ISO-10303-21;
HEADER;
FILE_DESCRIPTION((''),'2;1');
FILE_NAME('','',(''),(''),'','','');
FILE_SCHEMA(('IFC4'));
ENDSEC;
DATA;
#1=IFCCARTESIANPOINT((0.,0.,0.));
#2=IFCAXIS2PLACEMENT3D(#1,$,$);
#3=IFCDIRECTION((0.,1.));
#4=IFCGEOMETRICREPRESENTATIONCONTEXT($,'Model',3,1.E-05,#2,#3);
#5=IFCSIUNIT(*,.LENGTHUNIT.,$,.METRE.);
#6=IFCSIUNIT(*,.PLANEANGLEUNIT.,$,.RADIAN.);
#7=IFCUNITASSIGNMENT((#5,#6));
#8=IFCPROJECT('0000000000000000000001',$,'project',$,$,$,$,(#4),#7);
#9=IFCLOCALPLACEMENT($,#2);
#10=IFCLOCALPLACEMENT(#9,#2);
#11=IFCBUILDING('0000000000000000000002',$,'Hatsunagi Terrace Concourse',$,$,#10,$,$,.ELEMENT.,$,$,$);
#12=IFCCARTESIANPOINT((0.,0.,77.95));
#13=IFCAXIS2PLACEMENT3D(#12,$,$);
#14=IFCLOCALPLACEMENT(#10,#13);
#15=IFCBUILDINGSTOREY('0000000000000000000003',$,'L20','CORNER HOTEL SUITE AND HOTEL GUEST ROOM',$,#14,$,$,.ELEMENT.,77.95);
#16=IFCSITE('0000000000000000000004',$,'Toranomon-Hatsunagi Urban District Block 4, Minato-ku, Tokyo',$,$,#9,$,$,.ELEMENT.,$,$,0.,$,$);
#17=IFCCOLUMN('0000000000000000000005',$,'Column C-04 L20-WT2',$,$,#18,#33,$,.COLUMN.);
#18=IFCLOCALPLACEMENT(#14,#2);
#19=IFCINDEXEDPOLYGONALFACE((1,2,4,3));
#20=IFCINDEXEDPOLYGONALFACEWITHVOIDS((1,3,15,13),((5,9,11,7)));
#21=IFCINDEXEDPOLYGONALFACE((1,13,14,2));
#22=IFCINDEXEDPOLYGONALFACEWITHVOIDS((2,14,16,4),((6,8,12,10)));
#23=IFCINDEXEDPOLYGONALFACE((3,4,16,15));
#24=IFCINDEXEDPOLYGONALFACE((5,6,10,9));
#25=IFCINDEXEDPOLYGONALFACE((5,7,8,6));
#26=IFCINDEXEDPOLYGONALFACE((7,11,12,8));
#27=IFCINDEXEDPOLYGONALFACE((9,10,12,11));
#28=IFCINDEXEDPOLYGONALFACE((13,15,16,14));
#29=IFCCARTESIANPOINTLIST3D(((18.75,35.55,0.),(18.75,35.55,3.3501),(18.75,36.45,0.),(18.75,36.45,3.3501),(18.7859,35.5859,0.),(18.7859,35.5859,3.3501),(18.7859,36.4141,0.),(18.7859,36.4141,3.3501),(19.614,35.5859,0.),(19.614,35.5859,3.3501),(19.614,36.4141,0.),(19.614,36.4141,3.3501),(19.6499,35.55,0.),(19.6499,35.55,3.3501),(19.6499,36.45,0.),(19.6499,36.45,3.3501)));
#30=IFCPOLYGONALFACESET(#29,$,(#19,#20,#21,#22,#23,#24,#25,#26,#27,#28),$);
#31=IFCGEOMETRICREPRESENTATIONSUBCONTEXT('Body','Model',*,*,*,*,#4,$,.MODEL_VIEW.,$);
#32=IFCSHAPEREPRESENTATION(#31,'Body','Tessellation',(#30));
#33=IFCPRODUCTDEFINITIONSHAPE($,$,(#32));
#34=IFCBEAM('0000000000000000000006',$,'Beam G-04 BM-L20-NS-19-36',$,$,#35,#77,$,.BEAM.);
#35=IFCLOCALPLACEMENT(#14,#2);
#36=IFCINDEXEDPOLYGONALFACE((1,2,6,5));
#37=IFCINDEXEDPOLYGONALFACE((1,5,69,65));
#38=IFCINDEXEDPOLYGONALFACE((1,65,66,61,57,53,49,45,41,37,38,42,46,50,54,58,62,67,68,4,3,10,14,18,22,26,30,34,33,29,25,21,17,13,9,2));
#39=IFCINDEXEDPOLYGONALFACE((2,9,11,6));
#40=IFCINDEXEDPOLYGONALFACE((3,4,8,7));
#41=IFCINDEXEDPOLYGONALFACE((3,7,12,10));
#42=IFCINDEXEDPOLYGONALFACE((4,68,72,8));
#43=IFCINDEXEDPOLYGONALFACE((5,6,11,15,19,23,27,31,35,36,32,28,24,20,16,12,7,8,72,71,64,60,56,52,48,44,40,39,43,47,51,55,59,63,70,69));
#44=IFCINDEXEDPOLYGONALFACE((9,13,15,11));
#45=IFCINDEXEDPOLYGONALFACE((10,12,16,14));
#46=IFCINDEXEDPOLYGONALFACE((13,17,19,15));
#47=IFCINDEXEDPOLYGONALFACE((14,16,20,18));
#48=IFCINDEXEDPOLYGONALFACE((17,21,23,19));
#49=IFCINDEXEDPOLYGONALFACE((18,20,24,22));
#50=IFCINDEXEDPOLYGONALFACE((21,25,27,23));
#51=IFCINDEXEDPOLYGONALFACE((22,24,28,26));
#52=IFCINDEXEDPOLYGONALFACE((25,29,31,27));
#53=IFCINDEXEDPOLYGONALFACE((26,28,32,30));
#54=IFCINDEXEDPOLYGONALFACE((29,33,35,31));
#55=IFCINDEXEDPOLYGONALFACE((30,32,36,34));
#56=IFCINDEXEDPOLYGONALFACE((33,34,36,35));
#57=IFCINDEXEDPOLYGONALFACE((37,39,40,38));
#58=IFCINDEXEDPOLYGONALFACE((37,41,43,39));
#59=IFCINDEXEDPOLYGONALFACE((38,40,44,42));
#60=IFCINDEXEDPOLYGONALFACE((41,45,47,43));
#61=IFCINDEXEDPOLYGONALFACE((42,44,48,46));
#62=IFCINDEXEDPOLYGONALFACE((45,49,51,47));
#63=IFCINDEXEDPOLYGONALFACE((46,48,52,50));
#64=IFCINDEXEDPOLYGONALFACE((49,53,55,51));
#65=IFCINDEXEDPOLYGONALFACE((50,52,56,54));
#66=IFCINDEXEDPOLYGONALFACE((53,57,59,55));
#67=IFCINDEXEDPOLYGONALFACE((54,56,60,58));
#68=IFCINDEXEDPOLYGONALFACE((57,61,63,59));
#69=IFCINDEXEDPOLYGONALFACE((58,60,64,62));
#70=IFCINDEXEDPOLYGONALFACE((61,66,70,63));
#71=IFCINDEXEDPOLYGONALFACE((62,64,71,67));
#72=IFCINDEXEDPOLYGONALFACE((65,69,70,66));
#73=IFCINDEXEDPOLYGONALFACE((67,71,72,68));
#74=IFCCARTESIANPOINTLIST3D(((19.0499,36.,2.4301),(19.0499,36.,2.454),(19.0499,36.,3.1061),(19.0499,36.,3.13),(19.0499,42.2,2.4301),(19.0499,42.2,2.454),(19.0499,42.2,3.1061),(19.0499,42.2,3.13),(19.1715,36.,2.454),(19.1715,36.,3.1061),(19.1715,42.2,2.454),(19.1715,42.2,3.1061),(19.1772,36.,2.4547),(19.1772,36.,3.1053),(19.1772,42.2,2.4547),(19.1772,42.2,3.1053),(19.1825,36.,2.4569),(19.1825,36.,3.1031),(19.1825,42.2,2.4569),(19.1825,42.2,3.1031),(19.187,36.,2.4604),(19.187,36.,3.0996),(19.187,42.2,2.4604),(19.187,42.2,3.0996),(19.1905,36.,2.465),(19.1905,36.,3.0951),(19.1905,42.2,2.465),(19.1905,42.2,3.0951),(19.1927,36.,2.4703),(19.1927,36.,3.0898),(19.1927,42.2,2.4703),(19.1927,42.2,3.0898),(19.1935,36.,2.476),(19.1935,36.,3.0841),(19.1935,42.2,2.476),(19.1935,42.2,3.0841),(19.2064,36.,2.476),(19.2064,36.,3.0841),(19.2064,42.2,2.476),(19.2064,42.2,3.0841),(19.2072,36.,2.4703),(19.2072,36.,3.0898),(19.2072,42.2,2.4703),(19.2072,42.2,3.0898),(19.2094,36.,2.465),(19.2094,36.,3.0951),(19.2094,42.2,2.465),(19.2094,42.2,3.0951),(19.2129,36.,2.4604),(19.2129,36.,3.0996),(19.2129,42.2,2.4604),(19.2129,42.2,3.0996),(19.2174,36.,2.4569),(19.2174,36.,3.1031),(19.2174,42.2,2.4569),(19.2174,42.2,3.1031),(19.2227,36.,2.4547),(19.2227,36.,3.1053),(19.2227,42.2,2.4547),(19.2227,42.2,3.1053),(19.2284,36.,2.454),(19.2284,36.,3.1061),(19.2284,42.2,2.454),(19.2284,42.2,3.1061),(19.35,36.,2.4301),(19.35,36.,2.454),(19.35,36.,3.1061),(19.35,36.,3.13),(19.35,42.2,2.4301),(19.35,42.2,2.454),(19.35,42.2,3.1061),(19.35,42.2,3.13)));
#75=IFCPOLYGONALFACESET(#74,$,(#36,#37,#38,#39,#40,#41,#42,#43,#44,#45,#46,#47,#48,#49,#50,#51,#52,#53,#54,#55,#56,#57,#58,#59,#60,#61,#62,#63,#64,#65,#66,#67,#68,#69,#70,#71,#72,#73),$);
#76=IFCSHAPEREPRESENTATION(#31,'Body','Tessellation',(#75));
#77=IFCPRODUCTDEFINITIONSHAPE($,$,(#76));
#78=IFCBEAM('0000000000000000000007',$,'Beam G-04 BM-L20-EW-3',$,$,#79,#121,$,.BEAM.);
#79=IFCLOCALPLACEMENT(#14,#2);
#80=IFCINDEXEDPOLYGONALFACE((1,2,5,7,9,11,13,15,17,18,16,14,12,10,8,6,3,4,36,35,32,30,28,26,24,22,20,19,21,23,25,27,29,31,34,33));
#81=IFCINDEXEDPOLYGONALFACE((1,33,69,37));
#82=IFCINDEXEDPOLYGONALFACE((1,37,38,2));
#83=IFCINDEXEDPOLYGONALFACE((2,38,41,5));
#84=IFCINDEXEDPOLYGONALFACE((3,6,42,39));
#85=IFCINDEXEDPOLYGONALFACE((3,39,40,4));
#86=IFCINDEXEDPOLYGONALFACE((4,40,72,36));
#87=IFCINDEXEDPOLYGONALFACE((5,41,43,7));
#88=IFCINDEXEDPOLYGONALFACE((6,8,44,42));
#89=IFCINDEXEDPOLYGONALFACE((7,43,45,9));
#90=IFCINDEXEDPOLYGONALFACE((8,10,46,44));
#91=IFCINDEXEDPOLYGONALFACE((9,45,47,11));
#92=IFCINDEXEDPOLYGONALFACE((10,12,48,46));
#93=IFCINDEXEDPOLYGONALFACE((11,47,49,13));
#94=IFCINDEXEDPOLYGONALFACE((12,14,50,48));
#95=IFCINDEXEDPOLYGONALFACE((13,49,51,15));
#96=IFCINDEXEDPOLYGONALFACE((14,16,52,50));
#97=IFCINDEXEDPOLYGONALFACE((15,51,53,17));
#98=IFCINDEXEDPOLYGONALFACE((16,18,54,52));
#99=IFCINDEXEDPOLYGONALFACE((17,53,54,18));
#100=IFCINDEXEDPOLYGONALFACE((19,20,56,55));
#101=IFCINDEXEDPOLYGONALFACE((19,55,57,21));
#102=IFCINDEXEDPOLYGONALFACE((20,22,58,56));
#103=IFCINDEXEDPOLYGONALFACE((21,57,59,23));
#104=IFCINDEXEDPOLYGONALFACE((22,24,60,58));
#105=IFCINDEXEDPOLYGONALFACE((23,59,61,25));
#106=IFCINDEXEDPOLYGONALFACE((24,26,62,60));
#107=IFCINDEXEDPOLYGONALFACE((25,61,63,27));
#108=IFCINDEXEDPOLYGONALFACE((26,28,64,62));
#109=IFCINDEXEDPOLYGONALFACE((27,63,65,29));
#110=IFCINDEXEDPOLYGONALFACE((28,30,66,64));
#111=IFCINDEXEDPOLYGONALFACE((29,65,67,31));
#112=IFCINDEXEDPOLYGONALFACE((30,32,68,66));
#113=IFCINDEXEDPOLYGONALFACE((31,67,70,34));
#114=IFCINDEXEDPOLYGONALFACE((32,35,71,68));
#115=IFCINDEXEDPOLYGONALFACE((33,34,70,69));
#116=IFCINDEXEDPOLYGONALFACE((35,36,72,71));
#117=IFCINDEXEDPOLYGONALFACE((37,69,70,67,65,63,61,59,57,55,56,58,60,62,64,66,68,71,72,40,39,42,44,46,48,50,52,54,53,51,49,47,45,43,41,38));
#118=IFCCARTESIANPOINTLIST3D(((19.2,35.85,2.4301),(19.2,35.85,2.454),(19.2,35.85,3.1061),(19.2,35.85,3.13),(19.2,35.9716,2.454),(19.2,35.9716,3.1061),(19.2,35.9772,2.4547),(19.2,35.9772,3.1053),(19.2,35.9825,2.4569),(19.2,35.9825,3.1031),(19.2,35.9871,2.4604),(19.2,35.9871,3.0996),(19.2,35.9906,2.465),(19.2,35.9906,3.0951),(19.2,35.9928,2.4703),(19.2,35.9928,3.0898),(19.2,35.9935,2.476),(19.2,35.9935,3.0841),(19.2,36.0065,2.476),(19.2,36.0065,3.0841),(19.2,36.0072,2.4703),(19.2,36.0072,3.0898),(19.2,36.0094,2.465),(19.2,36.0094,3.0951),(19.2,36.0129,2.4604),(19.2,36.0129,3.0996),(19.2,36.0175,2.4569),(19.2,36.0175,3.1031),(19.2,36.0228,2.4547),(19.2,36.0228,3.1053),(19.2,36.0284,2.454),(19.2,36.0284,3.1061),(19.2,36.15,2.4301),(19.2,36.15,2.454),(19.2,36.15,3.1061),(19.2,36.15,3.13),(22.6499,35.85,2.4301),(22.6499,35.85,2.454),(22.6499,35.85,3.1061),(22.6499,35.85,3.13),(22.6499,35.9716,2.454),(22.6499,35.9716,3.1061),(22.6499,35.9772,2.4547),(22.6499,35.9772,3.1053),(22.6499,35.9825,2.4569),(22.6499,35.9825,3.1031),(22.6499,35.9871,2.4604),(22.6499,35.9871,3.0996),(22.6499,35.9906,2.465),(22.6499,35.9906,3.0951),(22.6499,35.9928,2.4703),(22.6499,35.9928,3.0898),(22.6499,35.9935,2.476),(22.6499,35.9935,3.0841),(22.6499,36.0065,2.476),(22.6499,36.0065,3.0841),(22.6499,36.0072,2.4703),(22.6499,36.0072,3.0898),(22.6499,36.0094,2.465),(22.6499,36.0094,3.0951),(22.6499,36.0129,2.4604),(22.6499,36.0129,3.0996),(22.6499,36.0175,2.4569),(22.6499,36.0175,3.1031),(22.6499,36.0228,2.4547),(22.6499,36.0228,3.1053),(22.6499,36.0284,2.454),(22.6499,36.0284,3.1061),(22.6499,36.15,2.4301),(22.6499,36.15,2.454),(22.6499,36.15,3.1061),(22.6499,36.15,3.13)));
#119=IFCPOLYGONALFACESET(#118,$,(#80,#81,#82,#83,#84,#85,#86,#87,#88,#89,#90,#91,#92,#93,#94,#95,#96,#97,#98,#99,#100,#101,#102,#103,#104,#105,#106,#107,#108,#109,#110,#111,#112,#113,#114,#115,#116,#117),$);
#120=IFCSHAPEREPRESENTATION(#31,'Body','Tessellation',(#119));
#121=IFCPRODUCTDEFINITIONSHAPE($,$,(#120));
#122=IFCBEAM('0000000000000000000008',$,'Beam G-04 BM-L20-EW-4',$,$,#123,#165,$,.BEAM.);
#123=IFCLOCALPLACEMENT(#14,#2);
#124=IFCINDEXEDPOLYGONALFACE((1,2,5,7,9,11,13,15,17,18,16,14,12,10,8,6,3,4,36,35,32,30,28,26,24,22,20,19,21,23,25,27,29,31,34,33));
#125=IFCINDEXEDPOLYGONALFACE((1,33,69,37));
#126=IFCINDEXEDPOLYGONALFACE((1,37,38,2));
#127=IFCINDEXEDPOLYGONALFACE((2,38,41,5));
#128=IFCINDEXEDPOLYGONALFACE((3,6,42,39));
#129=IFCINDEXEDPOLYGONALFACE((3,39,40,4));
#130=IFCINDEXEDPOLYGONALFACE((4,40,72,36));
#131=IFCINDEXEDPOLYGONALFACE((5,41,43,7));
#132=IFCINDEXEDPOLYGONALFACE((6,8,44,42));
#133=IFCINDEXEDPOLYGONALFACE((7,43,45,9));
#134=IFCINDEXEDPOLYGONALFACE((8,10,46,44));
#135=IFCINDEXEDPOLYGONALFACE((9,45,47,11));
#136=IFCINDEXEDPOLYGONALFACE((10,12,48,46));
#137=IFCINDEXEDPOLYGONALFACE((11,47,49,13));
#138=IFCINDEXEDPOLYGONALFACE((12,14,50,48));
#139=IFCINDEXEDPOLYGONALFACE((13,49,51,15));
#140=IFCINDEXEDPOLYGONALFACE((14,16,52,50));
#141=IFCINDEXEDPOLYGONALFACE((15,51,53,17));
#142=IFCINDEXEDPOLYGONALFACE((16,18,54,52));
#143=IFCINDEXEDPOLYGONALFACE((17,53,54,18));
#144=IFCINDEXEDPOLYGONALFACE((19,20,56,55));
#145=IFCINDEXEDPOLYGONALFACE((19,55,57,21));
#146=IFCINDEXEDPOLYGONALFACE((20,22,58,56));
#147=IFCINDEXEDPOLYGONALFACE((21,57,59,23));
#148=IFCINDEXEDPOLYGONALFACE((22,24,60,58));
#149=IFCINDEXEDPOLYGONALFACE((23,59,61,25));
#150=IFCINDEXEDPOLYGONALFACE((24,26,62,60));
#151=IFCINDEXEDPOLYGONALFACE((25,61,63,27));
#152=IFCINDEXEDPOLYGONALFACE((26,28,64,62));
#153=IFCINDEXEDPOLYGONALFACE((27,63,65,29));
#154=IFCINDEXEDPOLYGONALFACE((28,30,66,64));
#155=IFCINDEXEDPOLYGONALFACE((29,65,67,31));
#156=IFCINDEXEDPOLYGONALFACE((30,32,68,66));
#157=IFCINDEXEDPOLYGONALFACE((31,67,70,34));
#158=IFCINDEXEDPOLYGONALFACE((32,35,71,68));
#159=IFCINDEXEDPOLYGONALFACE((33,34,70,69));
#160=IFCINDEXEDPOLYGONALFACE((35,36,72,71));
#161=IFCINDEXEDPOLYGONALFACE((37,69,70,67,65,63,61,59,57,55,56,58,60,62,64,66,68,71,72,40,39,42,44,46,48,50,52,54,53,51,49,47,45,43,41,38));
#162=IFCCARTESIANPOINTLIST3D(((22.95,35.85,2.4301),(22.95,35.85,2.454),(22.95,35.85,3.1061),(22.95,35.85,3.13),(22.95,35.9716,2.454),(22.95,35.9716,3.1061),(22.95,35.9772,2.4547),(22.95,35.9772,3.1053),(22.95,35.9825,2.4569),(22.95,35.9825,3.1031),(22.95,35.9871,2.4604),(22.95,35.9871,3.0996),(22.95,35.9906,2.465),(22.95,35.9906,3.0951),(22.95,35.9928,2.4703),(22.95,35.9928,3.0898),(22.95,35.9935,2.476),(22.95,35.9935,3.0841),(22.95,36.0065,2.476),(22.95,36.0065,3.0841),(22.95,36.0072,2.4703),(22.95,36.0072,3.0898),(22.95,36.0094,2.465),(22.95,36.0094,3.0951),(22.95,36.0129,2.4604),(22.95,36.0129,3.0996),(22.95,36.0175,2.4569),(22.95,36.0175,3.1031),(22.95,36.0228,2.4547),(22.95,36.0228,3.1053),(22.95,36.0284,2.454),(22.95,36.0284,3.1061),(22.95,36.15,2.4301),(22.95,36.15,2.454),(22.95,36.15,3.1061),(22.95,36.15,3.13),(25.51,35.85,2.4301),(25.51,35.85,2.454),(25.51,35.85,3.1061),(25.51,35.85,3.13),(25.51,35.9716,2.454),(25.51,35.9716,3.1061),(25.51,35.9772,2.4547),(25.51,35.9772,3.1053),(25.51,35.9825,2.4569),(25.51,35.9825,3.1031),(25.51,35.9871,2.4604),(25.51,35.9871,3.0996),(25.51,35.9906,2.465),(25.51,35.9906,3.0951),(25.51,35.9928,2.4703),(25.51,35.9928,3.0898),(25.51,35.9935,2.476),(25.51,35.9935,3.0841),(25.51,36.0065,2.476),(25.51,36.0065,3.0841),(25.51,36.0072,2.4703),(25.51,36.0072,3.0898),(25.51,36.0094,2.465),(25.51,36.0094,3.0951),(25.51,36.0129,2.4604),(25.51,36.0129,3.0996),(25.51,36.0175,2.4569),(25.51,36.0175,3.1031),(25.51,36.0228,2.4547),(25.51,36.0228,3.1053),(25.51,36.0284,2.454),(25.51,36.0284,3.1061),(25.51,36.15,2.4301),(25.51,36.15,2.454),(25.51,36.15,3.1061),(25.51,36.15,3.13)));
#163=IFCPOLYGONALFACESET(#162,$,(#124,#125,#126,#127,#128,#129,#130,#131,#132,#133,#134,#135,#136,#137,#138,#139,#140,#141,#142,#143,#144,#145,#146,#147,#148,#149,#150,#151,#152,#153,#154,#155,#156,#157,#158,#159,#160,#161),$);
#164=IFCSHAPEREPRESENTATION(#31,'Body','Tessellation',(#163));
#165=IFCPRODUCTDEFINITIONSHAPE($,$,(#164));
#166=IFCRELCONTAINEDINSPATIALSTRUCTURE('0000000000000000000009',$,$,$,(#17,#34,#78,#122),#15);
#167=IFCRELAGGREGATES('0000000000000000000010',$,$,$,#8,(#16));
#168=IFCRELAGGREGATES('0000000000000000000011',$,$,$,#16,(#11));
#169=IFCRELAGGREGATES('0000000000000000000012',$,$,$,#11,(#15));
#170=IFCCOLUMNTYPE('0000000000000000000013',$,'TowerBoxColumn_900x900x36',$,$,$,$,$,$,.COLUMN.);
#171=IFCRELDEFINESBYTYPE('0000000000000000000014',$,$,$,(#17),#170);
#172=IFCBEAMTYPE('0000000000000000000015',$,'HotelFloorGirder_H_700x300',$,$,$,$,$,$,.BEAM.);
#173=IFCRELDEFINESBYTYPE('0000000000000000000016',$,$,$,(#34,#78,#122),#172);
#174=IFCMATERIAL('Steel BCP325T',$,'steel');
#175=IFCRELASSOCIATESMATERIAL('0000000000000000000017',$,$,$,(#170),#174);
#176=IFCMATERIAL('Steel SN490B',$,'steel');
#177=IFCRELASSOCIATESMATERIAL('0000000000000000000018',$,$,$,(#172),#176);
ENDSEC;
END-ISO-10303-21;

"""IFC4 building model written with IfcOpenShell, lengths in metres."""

from ifc_helpers import new_model, si_unit, direction, frame, origin, origin_2d, place, context, subcontext, project, spatial, hollow_rectangle, i_section, extrude, material, material_profile, profile_set, type_object, element, save


model = new_model("IFC4")

# Units and contexts
model_context = context("Model", 3, precision=1e-05, world=origin(), true_north=direction((0.0, 1.0)))
body_context = subcontext(model_context, "Body", "Model", "MODEL_VIEW")
ifc_project = project(units=[si_unit("LENGTHUNIT", "METRE"), si_unit("PLANEANGLEUNIT", "RADIAN")], contexts=[model_context])

# Site, building, storey
site_placement = place(None, origin())
site = spatial("IfcSite", under=ifc_project, at=site_placement, Name="Toranomon-Hatsunagi Urban District Block 4, Minato-ku, Tokyo", CompositionType="ELEMENT", RefElevation=0.0)
building_placement = place(site_placement, origin())
building = spatial("IfcBuilding", under=site, at=building_placement, Name="Hatsunagi Terrace Concourse", CompositionType="ELEMENT")
storey_placement = place(building_placement, frame((0.0, 0.0, 77.95)))
storey = spatial("IfcBuildingStorey", under=building, at=storey_placement, Name="L20", Description="CORNER HOTEL SUITE AND HOTEL GUEST ROOM", CompositionType="ELEMENT", Elevation=77.95)

# Column
ifc_material_1 = material(Name="Steel BCP325T", Category="steel")
ifc_material_profile_1 = material_profile(ifc_material_1, hollow_rectangle(XDim=0.8999, YDim=0.8999, WallThickness=0.0359, at=origin_2d()), Name="BCP-900x900x36")
ifc_profile_set_1 = profile_set([ifc_material_profile_1], Name="Steel BCP325T")
column_type = type_object("IfcColumnType", Name="TowerBoxColumn_900x900x36", PredefinedType="COLUMN", material=ifc_profile_set_1)
column_placement = place(storey_placement, frame((19.2, 36.0, 0.0), z_axis=(0.0, 0.0, 1.0), x_axis=(1.0, 0.0, 0.0)))
element("IfcColumn", 1, at=column_placement, inside=storey, type_object=column_type, Name="Column C-04 L20-WT2", PredefinedType="COLUMN", context=body_context, shape_type="SweptSolid", body=[
    extrude(hollow_rectangle(XDim=0.8999, YDim=0.8999, WallThickness=0.0359, at=origin_2d()), origin(), (0.0, 0.0, 1.0), 3.3501),
])

# Beams
ifc_material_2 = material(Name="Steel SN490B", Category="steel")
ifc_material_profile_2 = material_profile(ifc_material_2, i_section(OverallWidth=0.3, OverallDepth=0.7, WebThickness=0.0129, FlangeThickness=0.0239, FilletRadius=0.022, at=origin_2d()), Name="H-700x300x13x24")
ifc_profile_set_2 = profile_set([ifc_material_profile_2], Name="Steel SN490B")
beam_type_1 = type_object("IfcBeamType", Name="HotelFloorGirder_H_700x300", PredefinedType="BEAM", material=ifc_profile_set_2)
beam_1_placement = place(storey_placement, frame((19.2, 36.0, 2.78), z_axis=(0.0, 1.0, 0.0), x_axis=(-1.0, 0.0, 0.0)))
element("IfcBeam", 2, at=beam_1_placement, inside=storey, type_object=beam_type_1, Name="Beam G-04 BM-L20-NS-19-36", PredefinedType="BEAM", context=body_context, shape_type="SweptSolid", body=[
    extrude(i_section(OverallWidth=0.3, OverallDepth=0.7, WebThickness=0.0129, FlangeThickness=0.0239, FilletRadius=0.022, at=origin_2d()), origin(), (0.0, 0.0, 1.0), 6.2),
])
beam_2_placement = place(storey_placement, frame((19.2, 36.0, 2.78), z_axis=(1.0, 0.0, 0.0), x_axis=(0.0, 1.0, 0.0)))
element("IfcBeam", 3, at=beam_2_placement, inside=storey, type_object=beam_type_1, Name="Beam G-04 BM-L20-EW-3", PredefinedType="BEAM", context=body_context, shape_type="SweptSolid", body=[
    extrude(i_section(OverallWidth=0.3, OverallDepth=0.7, WebThickness=0.0129, FlangeThickness=0.0239, FilletRadius=0.022, at=origin_2d()), origin(), (0.0, 0.0, 1.0), 3.45),
])
beam_3_placement = place(storey_placement, frame((22.95, 36.0, 2.78), z_axis=(1.0, 0.0, 0.0), x_axis=(0.0, 1.0, 0.0)))
element("IfcBeam", 4, at=beam_3_placement, inside=storey, type_object=beam_type_1, Name="Beam G-04 BM-L20-EW-4", PredefinedType="BEAM", context=body_context, shape_type="SweptSolid", body=[
    extrude(i_section(OverallWidth=0.3, OverallDepth=0.7, WebThickness=0.0129, FlangeThickness=0.0239, FilletRadius=0.022, at=origin_2d()), origin(), (0.0, 0.0, 1.0), 2.5601),
])

save(model, "model.ifc")
